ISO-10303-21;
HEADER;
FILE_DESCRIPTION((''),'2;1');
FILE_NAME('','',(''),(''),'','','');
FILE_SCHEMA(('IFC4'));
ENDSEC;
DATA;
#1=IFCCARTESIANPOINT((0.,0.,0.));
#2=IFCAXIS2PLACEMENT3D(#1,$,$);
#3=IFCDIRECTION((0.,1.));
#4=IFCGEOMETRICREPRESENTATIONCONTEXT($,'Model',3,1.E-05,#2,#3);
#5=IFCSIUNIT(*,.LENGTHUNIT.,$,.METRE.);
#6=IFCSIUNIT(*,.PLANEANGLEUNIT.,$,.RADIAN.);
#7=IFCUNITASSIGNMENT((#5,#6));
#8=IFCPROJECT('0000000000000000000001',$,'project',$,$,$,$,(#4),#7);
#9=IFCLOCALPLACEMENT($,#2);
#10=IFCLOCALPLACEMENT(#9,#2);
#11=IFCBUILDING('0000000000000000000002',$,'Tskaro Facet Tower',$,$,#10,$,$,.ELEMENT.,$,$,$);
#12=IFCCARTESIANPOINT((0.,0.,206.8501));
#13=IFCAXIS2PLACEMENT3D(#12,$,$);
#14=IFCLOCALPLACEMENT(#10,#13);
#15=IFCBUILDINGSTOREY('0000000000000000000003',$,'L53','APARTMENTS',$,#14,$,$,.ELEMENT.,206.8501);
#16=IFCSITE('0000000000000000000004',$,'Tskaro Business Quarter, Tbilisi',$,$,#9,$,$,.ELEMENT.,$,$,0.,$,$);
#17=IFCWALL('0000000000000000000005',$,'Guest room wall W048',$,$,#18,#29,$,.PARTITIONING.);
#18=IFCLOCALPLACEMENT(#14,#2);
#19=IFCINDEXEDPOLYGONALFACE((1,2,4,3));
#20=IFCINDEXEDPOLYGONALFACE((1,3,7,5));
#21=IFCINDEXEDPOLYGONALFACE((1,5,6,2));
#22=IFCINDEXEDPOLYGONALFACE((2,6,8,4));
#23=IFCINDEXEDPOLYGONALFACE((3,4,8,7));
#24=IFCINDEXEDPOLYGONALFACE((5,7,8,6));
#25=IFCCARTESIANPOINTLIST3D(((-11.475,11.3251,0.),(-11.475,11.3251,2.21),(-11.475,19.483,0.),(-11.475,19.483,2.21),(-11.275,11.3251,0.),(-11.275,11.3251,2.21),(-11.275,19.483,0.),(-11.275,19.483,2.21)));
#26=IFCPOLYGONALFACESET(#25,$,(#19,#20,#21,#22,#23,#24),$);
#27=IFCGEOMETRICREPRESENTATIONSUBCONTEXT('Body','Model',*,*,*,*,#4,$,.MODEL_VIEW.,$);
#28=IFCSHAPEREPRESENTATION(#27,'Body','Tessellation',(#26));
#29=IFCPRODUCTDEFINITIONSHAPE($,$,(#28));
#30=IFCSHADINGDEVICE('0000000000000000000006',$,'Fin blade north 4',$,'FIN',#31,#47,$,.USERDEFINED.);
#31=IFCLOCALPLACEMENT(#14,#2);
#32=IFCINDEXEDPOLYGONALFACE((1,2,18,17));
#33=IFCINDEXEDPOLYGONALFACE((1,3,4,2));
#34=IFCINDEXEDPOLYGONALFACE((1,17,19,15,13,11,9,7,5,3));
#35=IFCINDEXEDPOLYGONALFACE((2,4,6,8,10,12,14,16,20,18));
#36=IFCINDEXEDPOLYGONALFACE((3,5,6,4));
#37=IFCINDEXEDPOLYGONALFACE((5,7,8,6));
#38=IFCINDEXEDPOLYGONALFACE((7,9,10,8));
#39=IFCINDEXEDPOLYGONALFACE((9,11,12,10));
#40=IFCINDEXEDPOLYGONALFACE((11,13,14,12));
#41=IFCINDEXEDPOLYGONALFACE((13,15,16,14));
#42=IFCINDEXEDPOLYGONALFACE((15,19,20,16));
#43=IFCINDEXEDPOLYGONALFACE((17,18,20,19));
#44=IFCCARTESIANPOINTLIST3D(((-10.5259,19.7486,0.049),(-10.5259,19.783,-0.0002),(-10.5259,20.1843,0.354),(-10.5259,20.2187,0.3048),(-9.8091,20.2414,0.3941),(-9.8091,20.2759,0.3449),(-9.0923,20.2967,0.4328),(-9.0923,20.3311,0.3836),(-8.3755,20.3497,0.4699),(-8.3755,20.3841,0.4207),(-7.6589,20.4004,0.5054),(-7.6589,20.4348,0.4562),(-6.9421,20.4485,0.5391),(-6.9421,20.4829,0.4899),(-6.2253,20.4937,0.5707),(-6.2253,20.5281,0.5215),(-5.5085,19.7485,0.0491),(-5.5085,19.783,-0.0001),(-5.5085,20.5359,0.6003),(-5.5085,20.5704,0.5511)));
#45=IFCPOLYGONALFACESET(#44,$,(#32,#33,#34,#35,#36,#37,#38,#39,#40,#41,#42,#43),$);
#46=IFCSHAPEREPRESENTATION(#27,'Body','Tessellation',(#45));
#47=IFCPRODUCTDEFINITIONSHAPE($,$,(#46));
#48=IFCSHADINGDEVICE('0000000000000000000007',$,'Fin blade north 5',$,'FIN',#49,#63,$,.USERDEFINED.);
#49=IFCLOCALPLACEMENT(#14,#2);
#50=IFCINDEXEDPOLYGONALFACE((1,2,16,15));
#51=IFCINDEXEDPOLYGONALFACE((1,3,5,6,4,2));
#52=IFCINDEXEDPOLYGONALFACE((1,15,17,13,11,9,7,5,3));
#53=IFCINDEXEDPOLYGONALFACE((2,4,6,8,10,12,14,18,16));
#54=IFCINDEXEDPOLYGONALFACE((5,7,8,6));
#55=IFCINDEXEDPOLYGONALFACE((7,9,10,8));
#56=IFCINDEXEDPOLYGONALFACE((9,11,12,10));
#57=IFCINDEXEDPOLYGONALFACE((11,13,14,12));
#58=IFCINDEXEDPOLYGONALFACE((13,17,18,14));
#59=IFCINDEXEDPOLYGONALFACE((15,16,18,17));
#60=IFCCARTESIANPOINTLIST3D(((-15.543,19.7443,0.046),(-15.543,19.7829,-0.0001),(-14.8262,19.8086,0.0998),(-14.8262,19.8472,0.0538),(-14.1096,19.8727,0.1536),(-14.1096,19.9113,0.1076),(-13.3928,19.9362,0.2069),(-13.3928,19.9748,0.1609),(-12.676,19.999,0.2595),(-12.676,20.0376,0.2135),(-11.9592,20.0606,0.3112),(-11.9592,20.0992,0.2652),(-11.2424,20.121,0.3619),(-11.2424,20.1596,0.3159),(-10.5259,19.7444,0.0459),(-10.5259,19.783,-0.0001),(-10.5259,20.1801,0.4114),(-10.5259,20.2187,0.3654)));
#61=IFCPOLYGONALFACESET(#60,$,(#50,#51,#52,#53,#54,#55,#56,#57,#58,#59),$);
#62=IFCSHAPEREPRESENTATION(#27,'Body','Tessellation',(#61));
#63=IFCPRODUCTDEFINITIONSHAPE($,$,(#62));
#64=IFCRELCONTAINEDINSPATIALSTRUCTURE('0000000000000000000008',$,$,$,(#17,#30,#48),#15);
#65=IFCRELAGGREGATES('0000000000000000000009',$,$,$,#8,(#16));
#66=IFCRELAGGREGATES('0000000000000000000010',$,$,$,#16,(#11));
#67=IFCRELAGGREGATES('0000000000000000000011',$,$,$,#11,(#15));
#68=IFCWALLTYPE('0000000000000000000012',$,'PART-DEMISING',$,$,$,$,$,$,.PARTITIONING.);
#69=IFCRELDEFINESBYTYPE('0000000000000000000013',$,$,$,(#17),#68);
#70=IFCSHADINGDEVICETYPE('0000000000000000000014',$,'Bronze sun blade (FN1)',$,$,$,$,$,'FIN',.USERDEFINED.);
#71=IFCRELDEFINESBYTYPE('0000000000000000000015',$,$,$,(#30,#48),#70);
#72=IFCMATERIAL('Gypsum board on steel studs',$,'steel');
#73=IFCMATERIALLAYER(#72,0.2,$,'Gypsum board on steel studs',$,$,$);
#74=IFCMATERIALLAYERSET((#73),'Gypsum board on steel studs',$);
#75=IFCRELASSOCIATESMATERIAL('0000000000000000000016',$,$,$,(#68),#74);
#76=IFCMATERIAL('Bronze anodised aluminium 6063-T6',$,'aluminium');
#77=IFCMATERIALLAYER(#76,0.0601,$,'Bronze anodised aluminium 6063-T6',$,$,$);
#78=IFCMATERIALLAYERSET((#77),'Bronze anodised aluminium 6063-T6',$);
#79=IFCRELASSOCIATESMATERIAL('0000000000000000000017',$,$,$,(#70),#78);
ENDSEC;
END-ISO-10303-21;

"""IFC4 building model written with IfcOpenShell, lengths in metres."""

from ifc_helpers import new_model, si_unit, direction, frame, frame_2d, origin, place, context, subcontext, project, spatial, polyline, rectangle, outline, extrude, material, layer, layer_set, type_object, element, save


model = new_model("IFC4")

# Units and contexts
model_context = context("Model", 3, precision=1e-05, world=origin(), true_north=direction((0.0, 1.0)))
body_context = subcontext(model_context, "Body", "Model", "MODEL_VIEW")
ifc_project = project(units=[si_unit("LENGTHUNIT", "METRE"), si_unit("PLANEANGLEUNIT", "RADIAN")], contexts=[model_context])

# Site, building, storey
site_placement = place(None, origin())
site = spatial("IfcSite", under=ifc_project, at=site_placement, Name="Tskaro Business Quarter, Tbilisi", CompositionType="ELEMENT", RefElevation=0.0)
building_placement = place(site_placement, origin())
building = spatial("IfcBuilding", under=site, at=building_placement, Name="Tskaro Facet Tower", CompositionType="ELEMENT")
storey_placement = place(building_placement, frame((0.0, 0.0, 206.8501)))
storey = spatial("IfcBuildingStorey", under=building, at=storey_placement, Name="L53", Description="APARTMENTS", CompositionType="ELEMENT", Elevation=206.8501)

# Shared definitions
ifc_material_1 = material(Name="Bronze anodised aluminium 6063-T6", Category="aluminium")

# Shared definitions
ifc_material_2 = material(Name="Gypsum board on steel studs", Category="steel")

# Wall
ifc_layer_1 = layer(ifc_material_2, 0.2, Name="Gypsum board on steel studs")
ifc_layer_set_1 = layer_set([ifc_layer_1], Name="Gypsum board on steel studs")
wall_type_1 = type_object("IfcWallType", Name="PART-DEMISING", PredefinedType="PARTITIONING", material=ifc_layer_set_1)
wall_1_placement = place(storey_placement, frame((-11.375, 11.325, 0.0), z_axis=(0.0, 0.0, 1.0), x_axis=(0.0, 1.0, 0.0)))
element("IfcWall", 1, at=wall_1_placement, inside=storey, type_object=wall_type_1, Name="Guest room wall W048", PredefinedType="PARTITIONING", context=body_context, shape_type="SweptSolid", body=[
    extrude(rectangle(XDim=8.158, YDim=0.2, at=frame_2d((4.0791, 0.0))), origin(), (0.0, 0.0, 1.0), 2.21),
])

# Shading devices
ifc_layer_2 = layer(ifc_material_1, 0.0601, Name="Bronze anodised aluminium 6063-T6")
ifc_layer_set_2 = layer_set([ifc_layer_2], Name="Bronze anodised aluminium 6063-T6")
shading_device_type = type_object("IfcShadingDeviceType", Name="Bronze sun blade (FN1)", ElementType="FIN", PredefinedType="USERDEFINED", material=ifc_layer_set_2)
shading_device_1_placement = place(storey_placement, frame((-5.5085, 19.7485, 0.0491), z_axis=(-0.000015, -0.573509, 0.8192), x_axis=(-1.0, 0.000009, -0.000012)))
element("IfcShadingDevice", 2, at=shading_device_1_placement, inside=storey, type_object=shading_device_type, Name="Fin blade north 4", ObjectType="FIN", PredefinedType="USERDEFINED", context=body_context, shape_type="SweptSolid", body=[
    extrude(outline(polyline([(0.0, 0.0), (5.0173, 0.0), (5.0173, -0.5319), (4.3005, -0.6016), (3.5837, -0.6691), (2.8669, -0.7338), (2.1504, -0.7957), (1.4336, -0.8544), (0.7168, -0.9096), (0.0, -0.9612), (0.0, 0.0)])), origin(), (0.0, 0.0, -1.0), 0.0601),
])
shading_device_2_placement = place(storey_placement, frame((-10.5259, 19.7444, 0.0459), z_axis=(0.000013, -0.64268, 0.766135), x_axis=(-1.0, -0.000009, 0.00001)))
element("IfcShadingDevice", 3, at=shading_device_2_placement, inside=storey, type_object=shading_device_type, Name="Fin blade north 5", ObjectType="FIN", PredefinedType="USERDEFINED", context=body_context, shape_type="SweptSolid", body=[
    extrude(outline(polyline([(0.0, 0.0), (5.0171, 0.0), (4.3003, -0.0839), (3.5837, -0.1676), (2.8669, -0.2504), (2.1501, -0.3324), (1.4333, -0.4128), (0.7166, -0.4916), (0.0, -0.5688), (0.0, 0.0)])), origin(), (0.0, 0.0, -1.0), 0.0601),
])

save(model, "model.ifc")
